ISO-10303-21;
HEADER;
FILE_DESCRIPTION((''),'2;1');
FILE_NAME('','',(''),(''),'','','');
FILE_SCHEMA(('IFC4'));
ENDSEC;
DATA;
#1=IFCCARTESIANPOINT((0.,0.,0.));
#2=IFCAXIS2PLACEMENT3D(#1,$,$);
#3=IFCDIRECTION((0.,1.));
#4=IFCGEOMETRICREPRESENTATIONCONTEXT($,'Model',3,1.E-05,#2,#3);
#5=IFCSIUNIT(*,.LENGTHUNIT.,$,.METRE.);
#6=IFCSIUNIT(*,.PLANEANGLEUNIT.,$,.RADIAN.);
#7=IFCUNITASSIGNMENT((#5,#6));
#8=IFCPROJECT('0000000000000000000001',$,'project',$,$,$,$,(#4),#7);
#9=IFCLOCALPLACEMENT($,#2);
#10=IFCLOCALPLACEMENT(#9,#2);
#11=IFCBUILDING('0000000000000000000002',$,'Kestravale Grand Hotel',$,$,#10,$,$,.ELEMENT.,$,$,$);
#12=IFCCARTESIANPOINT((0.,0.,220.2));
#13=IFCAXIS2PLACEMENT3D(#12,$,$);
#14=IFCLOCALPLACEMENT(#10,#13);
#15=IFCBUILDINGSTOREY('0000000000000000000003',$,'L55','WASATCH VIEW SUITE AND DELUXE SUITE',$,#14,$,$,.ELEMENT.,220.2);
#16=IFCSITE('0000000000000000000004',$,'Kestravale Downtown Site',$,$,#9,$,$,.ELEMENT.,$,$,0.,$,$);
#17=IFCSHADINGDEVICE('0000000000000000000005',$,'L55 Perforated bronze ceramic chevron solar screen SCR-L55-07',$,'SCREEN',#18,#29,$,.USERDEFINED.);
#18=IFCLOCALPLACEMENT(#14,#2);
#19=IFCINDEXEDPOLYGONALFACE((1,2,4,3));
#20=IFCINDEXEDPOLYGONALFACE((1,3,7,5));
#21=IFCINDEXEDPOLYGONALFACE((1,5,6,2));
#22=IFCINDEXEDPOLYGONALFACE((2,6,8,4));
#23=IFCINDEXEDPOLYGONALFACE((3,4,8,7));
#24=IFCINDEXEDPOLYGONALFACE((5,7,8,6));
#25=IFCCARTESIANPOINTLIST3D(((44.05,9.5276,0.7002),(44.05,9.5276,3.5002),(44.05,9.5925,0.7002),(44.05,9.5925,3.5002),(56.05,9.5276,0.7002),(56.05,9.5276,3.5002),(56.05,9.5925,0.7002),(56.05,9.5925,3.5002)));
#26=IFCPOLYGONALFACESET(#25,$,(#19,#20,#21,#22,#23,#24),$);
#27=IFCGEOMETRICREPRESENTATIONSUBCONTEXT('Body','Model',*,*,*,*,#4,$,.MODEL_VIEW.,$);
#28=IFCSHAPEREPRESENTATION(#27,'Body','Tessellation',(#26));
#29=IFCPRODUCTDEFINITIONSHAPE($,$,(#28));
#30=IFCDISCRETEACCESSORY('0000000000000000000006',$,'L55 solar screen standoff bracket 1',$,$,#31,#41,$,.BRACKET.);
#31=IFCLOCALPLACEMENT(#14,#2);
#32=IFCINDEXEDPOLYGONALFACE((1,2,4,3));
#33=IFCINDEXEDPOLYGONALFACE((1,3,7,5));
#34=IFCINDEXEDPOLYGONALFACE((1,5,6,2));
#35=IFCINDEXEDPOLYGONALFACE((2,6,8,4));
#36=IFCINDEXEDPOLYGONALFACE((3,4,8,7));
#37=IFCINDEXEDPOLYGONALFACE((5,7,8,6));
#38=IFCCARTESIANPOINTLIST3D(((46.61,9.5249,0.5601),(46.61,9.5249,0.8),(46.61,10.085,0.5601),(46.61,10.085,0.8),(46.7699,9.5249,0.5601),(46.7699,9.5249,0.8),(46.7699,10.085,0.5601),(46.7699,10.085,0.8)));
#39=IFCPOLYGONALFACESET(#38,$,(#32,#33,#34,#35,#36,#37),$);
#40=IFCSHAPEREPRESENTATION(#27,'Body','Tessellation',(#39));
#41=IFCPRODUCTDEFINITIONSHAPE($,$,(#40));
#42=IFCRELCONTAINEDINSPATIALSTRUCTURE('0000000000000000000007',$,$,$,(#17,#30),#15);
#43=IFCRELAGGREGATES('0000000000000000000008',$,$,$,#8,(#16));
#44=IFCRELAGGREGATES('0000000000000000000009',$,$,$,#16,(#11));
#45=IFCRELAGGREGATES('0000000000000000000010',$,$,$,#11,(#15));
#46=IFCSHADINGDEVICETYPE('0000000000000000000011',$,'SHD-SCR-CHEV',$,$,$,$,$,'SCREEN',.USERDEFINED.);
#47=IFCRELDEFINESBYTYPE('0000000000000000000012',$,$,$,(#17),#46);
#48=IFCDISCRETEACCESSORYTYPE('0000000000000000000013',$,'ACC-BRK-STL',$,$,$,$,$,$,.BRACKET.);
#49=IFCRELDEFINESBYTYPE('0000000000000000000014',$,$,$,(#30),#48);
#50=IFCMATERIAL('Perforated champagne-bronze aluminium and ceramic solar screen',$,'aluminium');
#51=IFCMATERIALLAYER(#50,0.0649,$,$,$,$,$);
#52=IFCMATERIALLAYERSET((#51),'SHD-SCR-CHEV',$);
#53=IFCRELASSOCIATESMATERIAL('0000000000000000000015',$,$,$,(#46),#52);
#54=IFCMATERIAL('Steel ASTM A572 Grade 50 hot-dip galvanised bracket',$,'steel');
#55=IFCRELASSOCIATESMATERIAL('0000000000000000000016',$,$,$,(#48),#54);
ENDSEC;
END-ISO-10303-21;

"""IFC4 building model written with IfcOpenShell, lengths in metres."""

from ifc_helpers import new_model, si_unit, direction, frame, origin, origin_2d, place, context, subcontext, project, spatial, rectangle, extrude, material, layer, layer_set, type_object, element, save


model = new_model("IFC4")

# Units and contexts
model_context = context("Model", 3, precision=1e-05, world=origin(), true_north=direction((0.0, 1.0)))
body_context = subcontext(model_context, "Body", "Model", "MODEL_VIEW")
ifc_project = project(units=[si_unit("LENGTHUNIT", "METRE"), si_unit("PLANEANGLEUNIT", "RADIAN")], contexts=[model_context])

# Site, building, storey
site_placement = place(None, origin())
site = spatial("IfcSite", under=ifc_project, at=site_placement, Name="Kestravale Downtown Site", CompositionType="ELEMENT", RefElevation=0.0)
building_placement = place(site_placement, origin())
building = spatial("IfcBuilding", under=site, at=building_placement, Name="Kestravale Grand Hotel", CompositionType="ELEMENT")
storey_placement = place(building_placement, frame((0.0, 0.0, 220.2)))
storey = spatial("IfcBuildingStorey", under=building, at=storey_placement, Name="L55", Description="WASATCH VIEW SUITE AND DELUXE SUITE", CompositionType="ELEMENT", Elevation=220.2)

# Shading device
ifc_material_1 = material(Name="Perforated champagne-bronze aluminium and ceramic solar screen", Category="aluminium")
ifc_layer_1 = layer(ifc_material_1, 0.0649)
ifc_layer_set_1 = layer_set([ifc_layer_1], Name="SHD-SCR-CHEV")
shading_device_type = type_object("IfcShadingDeviceType", Name="SHD-SCR-CHEV", ElementType="SCREEN", PredefinedType="USERDEFINED", material=ifc_layer_set_1)
shading_device_placement = place(storey_placement, frame((50.05, 9.5601, 0.7002), z_axis=(0.0, 0.0, 1.0), x_axis=(1.0, 0.0, 0.0)))
element("IfcShadingDevice", 1, at=shading_device_placement, inside=storey, type_object=shading_device_type, Name="L55 Perforated bronze ceramic chevron solar screen SCR-L55-07", ObjectType="SCREEN", PredefinedType="USERDEFINED", context=body_context, shape_type="SweptSolid", body=[
    extrude(rectangle(XDim=12.0, YDim=0.0649, at=origin_2d()), origin(), (0.0, 0.0, 1.0), 2.8),
])

# Discrete accessory
ifc_material_2 = material(Name="Steel ASTM A572 Grade 50 hot-dip galvanised bracket", Category="steel")
discrete_accessory_type = type_object("IfcDiscreteAccessoryType", Name="ACC-BRK-STL", PredefinedType="BRACKET", material=ifc_material_2)
discrete_accessory_placement = place(storey_placement, frame((46.6899, 9.8049, 0.5601), z_axis=(0.0, 0.0, 1.0), x_axis=(1.0, 0.0, 0.0)))
element("IfcDiscreteAccessory", 2, at=discrete_accessory_placement, inside=storey, type_object=discrete_accessory_type, Name="L55 solar screen standoff bracket 1", PredefinedType="BRACKET", context=body_context, shape_type="SweptSolid", body=[
    extrude(rectangle(XDim=0.1599, YDim=0.5601, at=origin_2d()), origin(), (0.0, 0.0, 1.0), 0.24),
])

save(model, "model.ifc")
